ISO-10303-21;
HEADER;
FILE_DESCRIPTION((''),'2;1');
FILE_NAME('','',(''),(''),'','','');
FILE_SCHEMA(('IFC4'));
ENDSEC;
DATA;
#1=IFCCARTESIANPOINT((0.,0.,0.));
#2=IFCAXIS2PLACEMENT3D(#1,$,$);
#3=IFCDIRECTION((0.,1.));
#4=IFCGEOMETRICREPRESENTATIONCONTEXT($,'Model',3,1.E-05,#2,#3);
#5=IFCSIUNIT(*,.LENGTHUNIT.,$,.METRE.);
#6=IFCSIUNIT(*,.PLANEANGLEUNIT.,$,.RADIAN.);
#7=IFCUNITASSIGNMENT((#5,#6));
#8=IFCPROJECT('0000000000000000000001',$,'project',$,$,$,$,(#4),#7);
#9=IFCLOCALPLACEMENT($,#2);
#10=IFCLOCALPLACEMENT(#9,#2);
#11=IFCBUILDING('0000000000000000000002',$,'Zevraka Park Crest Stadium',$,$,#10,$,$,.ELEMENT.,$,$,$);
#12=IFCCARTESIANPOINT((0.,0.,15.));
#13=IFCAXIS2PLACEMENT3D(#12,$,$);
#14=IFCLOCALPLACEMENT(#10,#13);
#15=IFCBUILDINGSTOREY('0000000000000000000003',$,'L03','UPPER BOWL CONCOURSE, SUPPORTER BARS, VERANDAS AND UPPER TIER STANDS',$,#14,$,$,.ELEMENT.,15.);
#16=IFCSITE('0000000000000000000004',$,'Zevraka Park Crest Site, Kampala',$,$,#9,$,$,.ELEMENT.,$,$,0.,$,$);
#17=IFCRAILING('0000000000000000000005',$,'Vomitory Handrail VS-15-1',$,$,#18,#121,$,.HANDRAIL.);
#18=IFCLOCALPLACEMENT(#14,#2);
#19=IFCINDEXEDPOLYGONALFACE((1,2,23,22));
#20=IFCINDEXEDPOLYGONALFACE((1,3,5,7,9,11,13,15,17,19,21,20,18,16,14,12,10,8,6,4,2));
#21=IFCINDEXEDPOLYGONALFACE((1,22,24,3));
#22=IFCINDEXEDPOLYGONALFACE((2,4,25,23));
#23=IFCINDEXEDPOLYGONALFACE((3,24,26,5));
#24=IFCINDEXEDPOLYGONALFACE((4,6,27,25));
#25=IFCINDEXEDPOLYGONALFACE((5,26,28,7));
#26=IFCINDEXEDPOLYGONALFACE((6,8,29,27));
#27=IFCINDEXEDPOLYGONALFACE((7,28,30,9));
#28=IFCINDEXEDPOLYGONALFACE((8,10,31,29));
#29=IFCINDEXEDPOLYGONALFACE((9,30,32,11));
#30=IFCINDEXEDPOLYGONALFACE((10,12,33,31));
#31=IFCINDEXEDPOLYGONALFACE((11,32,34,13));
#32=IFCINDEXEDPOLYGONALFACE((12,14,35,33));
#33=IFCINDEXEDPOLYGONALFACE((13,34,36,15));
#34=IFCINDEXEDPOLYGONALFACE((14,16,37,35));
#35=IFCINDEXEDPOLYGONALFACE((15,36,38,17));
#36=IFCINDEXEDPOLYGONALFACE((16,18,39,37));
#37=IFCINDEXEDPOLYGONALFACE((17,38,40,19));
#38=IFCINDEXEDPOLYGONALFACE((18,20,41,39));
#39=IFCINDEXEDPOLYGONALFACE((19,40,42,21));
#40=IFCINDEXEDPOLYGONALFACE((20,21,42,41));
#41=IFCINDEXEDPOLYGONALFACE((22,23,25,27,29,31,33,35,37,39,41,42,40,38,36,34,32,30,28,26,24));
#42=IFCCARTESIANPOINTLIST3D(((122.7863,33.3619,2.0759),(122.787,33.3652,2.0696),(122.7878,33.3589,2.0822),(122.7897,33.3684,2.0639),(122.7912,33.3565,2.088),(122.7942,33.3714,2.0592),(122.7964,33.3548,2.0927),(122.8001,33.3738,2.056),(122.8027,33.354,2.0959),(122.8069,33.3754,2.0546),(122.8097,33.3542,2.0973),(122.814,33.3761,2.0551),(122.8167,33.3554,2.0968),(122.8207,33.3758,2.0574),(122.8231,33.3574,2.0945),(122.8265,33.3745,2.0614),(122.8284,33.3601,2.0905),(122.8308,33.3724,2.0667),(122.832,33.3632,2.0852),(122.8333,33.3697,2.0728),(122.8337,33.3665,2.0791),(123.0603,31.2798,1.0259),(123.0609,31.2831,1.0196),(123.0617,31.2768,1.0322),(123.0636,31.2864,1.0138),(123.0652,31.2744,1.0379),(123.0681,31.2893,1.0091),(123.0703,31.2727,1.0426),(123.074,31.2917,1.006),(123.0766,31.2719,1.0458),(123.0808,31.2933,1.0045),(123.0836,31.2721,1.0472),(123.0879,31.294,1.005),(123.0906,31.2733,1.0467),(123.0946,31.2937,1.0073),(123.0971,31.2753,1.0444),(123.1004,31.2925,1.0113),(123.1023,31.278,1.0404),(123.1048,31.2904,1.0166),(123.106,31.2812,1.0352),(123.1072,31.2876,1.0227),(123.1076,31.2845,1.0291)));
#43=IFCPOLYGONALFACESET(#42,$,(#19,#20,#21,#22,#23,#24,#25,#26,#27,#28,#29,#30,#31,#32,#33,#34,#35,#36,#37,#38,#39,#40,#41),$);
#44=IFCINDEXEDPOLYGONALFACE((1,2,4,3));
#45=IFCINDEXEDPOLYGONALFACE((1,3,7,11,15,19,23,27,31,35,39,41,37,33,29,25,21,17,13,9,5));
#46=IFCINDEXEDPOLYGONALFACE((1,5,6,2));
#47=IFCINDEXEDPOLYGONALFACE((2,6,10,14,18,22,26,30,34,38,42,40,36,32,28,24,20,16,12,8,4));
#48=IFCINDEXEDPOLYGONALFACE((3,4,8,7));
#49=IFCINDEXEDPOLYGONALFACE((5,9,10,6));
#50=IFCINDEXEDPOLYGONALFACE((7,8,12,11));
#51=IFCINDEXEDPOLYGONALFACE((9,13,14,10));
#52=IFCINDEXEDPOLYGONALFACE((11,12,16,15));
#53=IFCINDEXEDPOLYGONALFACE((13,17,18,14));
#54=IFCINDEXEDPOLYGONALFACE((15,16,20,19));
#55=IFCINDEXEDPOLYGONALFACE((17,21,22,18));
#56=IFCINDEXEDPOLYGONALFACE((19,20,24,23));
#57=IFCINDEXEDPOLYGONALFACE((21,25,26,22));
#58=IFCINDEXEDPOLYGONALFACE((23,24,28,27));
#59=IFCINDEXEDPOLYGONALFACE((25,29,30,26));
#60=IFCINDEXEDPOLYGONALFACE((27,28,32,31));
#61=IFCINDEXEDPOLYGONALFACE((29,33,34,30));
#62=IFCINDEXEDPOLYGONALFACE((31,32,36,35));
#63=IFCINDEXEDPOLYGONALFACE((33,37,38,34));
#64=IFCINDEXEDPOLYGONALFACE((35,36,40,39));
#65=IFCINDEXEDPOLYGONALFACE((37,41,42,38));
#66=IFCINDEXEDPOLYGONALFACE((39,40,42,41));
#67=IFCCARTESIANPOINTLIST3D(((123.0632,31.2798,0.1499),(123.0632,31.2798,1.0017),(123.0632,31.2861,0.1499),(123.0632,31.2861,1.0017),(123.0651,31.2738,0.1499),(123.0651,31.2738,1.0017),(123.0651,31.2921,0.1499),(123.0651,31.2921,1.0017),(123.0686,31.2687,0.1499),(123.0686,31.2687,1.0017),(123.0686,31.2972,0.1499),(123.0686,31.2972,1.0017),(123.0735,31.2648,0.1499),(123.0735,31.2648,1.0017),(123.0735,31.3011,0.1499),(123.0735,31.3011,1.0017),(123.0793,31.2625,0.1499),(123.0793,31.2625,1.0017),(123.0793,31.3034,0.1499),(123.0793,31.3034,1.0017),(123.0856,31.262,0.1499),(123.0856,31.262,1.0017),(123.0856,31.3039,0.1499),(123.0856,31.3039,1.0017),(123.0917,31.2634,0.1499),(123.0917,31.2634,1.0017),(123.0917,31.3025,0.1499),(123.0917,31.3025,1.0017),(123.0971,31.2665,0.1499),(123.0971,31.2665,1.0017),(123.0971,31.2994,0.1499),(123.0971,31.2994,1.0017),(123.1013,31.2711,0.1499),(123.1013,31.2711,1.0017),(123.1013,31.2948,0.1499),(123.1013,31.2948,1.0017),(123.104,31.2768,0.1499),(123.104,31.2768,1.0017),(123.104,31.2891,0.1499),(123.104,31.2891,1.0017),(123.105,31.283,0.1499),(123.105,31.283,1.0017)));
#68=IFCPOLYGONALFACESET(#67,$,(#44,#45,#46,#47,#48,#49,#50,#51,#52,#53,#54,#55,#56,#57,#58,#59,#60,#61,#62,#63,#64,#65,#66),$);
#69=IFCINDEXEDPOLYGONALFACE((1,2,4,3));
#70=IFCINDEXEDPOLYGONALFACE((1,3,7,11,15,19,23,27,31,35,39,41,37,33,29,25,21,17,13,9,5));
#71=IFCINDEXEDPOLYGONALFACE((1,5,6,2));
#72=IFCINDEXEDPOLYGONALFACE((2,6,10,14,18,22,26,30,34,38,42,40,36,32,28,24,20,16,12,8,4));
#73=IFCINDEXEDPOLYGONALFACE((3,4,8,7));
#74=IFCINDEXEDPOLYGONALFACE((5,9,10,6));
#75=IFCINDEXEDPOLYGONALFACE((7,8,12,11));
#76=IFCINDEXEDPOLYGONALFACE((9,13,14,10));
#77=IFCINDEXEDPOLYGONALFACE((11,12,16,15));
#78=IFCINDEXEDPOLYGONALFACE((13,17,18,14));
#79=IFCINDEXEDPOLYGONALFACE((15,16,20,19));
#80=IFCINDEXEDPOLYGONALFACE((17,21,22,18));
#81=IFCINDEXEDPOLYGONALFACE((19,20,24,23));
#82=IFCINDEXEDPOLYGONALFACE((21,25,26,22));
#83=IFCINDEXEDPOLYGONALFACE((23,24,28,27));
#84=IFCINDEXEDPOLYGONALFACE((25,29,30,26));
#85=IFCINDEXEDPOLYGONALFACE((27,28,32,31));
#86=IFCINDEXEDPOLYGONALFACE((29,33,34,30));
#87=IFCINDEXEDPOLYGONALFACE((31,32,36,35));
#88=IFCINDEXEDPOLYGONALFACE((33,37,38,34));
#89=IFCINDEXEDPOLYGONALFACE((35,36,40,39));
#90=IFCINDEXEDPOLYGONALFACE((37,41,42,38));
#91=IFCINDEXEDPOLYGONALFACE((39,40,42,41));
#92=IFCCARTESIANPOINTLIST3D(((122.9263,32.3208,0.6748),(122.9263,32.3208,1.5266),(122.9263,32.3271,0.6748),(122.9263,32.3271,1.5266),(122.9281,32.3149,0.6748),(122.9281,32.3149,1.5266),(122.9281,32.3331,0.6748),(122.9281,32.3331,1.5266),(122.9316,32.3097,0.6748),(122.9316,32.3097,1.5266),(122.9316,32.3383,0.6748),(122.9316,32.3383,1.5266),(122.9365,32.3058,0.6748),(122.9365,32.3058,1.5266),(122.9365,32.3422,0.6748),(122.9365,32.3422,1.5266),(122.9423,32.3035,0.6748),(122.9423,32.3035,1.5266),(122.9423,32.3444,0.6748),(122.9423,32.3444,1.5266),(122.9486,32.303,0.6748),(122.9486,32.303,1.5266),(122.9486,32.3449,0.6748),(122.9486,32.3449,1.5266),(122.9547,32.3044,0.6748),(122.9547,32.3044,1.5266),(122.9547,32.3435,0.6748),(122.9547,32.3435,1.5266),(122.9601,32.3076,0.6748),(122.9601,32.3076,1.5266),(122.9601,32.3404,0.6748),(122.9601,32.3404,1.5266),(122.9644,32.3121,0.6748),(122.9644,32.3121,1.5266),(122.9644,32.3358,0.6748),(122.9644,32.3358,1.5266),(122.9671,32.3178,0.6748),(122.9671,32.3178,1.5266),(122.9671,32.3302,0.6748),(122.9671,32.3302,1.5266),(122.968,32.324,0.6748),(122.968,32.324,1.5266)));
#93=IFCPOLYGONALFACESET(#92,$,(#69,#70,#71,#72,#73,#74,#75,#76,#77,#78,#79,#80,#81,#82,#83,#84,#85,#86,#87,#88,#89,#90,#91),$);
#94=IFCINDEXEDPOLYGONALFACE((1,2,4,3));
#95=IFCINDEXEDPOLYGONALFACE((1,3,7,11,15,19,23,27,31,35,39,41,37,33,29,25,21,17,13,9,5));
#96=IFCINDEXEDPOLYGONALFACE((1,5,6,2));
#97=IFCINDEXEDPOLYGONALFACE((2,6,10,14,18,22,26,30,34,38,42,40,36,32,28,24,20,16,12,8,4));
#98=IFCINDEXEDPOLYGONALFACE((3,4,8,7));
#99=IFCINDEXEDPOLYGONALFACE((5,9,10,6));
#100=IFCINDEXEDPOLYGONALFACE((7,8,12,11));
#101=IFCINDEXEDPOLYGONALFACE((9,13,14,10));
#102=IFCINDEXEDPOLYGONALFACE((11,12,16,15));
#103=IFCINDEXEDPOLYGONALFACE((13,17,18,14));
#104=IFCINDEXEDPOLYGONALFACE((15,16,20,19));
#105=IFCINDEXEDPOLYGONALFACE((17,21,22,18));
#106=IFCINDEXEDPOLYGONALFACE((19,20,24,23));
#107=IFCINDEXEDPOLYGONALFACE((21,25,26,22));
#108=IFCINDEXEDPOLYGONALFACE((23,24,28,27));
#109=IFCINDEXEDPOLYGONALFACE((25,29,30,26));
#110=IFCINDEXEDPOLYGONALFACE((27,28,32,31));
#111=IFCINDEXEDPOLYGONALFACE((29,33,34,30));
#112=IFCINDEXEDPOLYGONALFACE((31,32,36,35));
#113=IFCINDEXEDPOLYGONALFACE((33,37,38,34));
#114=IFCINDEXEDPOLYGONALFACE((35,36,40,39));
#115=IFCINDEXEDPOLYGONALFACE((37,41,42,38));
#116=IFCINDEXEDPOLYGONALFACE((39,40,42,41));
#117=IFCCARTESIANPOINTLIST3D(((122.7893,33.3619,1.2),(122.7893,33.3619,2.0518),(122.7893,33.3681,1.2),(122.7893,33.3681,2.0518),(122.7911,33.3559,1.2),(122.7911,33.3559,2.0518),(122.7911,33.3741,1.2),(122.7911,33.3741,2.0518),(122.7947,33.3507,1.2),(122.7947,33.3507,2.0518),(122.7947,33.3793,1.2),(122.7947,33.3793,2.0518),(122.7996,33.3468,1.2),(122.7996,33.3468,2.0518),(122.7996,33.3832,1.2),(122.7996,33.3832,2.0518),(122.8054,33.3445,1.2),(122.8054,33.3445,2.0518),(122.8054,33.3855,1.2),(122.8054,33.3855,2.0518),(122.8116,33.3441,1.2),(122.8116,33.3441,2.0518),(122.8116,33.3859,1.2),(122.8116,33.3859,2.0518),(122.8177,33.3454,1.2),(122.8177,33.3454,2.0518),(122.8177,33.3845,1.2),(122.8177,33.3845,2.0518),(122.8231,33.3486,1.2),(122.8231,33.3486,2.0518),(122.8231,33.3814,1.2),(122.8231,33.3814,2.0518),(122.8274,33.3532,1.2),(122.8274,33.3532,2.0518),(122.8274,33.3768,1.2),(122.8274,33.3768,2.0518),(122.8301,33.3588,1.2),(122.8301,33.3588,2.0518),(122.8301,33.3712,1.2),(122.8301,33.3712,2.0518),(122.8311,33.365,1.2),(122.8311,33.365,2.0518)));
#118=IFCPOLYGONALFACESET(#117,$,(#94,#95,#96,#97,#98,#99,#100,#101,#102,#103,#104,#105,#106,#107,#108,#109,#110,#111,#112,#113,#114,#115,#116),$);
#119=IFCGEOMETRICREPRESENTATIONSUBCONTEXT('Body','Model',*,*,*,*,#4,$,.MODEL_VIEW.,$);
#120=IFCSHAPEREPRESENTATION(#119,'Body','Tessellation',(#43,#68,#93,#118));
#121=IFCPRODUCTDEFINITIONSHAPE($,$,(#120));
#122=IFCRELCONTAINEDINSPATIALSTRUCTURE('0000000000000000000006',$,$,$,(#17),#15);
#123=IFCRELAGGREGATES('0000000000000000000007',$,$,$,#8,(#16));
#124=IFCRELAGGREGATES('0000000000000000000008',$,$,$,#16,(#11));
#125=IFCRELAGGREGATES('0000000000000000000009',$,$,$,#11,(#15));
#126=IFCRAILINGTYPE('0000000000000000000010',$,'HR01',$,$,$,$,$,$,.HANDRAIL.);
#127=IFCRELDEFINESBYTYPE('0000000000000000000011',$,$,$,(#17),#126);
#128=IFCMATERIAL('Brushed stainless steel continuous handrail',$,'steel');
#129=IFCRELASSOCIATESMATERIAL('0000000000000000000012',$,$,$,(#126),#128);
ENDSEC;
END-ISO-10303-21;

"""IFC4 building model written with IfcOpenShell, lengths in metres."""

from ifc_helpers import new_model, si_unit, direction, frame, origin, origin_2d, place, context, subcontext, project, spatial, circle, extrude, material, type_object, element, save


model = new_model("IFC4")

# Units and contexts
model_context = context("Model", 3, precision=1e-05, world=origin(), true_north=direction((0.0, 1.0)))
body_context = subcontext(model_context, "Body", "Model", "MODEL_VIEW")
ifc_project = project(units=[si_unit("LENGTHUNIT", "METRE"), si_unit("PLANEANGLEUNIT", "RADIAN")], contexts=[model_context])

# Site, building, storey
site_placement = place(None, origin())
site = spatial("IfcSite", under=ifc_project, at=site_placement, Name="Zevraka Park Crest Site, Kampala", CompositionType="ELEMENT", RefElevation=0.0)
building_placement = place(site_placement, origin())
building = spatial("IfcBuilding", under=site, at=building_placement, Name="Zevraka Park Crest Stadium", CompositionType="ELEMENT")
storey_placement = place(building_placement, frame((0.0, 0.0, 15.0)))
storey = spatial("IfcBuildingStorey", under=building, at=storey_placement, Name="L03", Description="UPPER BOWL CONCOURSE, SUPPORTER BARS, VERANDAS AND UPPER TIER STANDS", CompositionType="ELEMENT", Elevation=15.0)

# Railing
ifc_material_1 = material(Name="Brushed stainless steel continuous handrail", Category="steel")
railing_type_1 = type_object("IfcRailingType", Name="HR01", PredefinedType="HANDRAIL", material=ifc_material_1)
railing_1_placement = place(storey_placement, frame((123.084, 31.283, 0.1499)))
element("IfcRailing", 1, at=railing_1_placement, inside=storey, type_object=railing_type_1, Name="Vomitory Handrail VS-15-1", PredefinedType="HANDRAIL", context=body_context, shape_type="SweptSolid", body=[
    extrude(circle(Radius=0.0239, at=origin_2d()), frame((0.0, 0.0, 0.876), z_axis=(-0.11667, 0.886775, 0.447235), x_axis=(-0.991456, -0.130442, 0.0)), (0.0, 0.0, 1.0), 2.3479),
    extrude(circle(Radius=0.021, at=origin_2d()), origin(), (0.0, 0.0, 1.0), 0.8518),
    extrude(circle(Radius=0.021, at=origin_2d()), frame((-0.137, 1.041, 0.5249)), (0.0, 0.0, 1.0), 0.8518),
    extrude(circle(Radius=0.021, at=origin_2d()), frame((-0.2739, 2.082, 1.05)), (0.0, 0.0, 1.0), 0.8518),
])

save(model, "model.ifc")
